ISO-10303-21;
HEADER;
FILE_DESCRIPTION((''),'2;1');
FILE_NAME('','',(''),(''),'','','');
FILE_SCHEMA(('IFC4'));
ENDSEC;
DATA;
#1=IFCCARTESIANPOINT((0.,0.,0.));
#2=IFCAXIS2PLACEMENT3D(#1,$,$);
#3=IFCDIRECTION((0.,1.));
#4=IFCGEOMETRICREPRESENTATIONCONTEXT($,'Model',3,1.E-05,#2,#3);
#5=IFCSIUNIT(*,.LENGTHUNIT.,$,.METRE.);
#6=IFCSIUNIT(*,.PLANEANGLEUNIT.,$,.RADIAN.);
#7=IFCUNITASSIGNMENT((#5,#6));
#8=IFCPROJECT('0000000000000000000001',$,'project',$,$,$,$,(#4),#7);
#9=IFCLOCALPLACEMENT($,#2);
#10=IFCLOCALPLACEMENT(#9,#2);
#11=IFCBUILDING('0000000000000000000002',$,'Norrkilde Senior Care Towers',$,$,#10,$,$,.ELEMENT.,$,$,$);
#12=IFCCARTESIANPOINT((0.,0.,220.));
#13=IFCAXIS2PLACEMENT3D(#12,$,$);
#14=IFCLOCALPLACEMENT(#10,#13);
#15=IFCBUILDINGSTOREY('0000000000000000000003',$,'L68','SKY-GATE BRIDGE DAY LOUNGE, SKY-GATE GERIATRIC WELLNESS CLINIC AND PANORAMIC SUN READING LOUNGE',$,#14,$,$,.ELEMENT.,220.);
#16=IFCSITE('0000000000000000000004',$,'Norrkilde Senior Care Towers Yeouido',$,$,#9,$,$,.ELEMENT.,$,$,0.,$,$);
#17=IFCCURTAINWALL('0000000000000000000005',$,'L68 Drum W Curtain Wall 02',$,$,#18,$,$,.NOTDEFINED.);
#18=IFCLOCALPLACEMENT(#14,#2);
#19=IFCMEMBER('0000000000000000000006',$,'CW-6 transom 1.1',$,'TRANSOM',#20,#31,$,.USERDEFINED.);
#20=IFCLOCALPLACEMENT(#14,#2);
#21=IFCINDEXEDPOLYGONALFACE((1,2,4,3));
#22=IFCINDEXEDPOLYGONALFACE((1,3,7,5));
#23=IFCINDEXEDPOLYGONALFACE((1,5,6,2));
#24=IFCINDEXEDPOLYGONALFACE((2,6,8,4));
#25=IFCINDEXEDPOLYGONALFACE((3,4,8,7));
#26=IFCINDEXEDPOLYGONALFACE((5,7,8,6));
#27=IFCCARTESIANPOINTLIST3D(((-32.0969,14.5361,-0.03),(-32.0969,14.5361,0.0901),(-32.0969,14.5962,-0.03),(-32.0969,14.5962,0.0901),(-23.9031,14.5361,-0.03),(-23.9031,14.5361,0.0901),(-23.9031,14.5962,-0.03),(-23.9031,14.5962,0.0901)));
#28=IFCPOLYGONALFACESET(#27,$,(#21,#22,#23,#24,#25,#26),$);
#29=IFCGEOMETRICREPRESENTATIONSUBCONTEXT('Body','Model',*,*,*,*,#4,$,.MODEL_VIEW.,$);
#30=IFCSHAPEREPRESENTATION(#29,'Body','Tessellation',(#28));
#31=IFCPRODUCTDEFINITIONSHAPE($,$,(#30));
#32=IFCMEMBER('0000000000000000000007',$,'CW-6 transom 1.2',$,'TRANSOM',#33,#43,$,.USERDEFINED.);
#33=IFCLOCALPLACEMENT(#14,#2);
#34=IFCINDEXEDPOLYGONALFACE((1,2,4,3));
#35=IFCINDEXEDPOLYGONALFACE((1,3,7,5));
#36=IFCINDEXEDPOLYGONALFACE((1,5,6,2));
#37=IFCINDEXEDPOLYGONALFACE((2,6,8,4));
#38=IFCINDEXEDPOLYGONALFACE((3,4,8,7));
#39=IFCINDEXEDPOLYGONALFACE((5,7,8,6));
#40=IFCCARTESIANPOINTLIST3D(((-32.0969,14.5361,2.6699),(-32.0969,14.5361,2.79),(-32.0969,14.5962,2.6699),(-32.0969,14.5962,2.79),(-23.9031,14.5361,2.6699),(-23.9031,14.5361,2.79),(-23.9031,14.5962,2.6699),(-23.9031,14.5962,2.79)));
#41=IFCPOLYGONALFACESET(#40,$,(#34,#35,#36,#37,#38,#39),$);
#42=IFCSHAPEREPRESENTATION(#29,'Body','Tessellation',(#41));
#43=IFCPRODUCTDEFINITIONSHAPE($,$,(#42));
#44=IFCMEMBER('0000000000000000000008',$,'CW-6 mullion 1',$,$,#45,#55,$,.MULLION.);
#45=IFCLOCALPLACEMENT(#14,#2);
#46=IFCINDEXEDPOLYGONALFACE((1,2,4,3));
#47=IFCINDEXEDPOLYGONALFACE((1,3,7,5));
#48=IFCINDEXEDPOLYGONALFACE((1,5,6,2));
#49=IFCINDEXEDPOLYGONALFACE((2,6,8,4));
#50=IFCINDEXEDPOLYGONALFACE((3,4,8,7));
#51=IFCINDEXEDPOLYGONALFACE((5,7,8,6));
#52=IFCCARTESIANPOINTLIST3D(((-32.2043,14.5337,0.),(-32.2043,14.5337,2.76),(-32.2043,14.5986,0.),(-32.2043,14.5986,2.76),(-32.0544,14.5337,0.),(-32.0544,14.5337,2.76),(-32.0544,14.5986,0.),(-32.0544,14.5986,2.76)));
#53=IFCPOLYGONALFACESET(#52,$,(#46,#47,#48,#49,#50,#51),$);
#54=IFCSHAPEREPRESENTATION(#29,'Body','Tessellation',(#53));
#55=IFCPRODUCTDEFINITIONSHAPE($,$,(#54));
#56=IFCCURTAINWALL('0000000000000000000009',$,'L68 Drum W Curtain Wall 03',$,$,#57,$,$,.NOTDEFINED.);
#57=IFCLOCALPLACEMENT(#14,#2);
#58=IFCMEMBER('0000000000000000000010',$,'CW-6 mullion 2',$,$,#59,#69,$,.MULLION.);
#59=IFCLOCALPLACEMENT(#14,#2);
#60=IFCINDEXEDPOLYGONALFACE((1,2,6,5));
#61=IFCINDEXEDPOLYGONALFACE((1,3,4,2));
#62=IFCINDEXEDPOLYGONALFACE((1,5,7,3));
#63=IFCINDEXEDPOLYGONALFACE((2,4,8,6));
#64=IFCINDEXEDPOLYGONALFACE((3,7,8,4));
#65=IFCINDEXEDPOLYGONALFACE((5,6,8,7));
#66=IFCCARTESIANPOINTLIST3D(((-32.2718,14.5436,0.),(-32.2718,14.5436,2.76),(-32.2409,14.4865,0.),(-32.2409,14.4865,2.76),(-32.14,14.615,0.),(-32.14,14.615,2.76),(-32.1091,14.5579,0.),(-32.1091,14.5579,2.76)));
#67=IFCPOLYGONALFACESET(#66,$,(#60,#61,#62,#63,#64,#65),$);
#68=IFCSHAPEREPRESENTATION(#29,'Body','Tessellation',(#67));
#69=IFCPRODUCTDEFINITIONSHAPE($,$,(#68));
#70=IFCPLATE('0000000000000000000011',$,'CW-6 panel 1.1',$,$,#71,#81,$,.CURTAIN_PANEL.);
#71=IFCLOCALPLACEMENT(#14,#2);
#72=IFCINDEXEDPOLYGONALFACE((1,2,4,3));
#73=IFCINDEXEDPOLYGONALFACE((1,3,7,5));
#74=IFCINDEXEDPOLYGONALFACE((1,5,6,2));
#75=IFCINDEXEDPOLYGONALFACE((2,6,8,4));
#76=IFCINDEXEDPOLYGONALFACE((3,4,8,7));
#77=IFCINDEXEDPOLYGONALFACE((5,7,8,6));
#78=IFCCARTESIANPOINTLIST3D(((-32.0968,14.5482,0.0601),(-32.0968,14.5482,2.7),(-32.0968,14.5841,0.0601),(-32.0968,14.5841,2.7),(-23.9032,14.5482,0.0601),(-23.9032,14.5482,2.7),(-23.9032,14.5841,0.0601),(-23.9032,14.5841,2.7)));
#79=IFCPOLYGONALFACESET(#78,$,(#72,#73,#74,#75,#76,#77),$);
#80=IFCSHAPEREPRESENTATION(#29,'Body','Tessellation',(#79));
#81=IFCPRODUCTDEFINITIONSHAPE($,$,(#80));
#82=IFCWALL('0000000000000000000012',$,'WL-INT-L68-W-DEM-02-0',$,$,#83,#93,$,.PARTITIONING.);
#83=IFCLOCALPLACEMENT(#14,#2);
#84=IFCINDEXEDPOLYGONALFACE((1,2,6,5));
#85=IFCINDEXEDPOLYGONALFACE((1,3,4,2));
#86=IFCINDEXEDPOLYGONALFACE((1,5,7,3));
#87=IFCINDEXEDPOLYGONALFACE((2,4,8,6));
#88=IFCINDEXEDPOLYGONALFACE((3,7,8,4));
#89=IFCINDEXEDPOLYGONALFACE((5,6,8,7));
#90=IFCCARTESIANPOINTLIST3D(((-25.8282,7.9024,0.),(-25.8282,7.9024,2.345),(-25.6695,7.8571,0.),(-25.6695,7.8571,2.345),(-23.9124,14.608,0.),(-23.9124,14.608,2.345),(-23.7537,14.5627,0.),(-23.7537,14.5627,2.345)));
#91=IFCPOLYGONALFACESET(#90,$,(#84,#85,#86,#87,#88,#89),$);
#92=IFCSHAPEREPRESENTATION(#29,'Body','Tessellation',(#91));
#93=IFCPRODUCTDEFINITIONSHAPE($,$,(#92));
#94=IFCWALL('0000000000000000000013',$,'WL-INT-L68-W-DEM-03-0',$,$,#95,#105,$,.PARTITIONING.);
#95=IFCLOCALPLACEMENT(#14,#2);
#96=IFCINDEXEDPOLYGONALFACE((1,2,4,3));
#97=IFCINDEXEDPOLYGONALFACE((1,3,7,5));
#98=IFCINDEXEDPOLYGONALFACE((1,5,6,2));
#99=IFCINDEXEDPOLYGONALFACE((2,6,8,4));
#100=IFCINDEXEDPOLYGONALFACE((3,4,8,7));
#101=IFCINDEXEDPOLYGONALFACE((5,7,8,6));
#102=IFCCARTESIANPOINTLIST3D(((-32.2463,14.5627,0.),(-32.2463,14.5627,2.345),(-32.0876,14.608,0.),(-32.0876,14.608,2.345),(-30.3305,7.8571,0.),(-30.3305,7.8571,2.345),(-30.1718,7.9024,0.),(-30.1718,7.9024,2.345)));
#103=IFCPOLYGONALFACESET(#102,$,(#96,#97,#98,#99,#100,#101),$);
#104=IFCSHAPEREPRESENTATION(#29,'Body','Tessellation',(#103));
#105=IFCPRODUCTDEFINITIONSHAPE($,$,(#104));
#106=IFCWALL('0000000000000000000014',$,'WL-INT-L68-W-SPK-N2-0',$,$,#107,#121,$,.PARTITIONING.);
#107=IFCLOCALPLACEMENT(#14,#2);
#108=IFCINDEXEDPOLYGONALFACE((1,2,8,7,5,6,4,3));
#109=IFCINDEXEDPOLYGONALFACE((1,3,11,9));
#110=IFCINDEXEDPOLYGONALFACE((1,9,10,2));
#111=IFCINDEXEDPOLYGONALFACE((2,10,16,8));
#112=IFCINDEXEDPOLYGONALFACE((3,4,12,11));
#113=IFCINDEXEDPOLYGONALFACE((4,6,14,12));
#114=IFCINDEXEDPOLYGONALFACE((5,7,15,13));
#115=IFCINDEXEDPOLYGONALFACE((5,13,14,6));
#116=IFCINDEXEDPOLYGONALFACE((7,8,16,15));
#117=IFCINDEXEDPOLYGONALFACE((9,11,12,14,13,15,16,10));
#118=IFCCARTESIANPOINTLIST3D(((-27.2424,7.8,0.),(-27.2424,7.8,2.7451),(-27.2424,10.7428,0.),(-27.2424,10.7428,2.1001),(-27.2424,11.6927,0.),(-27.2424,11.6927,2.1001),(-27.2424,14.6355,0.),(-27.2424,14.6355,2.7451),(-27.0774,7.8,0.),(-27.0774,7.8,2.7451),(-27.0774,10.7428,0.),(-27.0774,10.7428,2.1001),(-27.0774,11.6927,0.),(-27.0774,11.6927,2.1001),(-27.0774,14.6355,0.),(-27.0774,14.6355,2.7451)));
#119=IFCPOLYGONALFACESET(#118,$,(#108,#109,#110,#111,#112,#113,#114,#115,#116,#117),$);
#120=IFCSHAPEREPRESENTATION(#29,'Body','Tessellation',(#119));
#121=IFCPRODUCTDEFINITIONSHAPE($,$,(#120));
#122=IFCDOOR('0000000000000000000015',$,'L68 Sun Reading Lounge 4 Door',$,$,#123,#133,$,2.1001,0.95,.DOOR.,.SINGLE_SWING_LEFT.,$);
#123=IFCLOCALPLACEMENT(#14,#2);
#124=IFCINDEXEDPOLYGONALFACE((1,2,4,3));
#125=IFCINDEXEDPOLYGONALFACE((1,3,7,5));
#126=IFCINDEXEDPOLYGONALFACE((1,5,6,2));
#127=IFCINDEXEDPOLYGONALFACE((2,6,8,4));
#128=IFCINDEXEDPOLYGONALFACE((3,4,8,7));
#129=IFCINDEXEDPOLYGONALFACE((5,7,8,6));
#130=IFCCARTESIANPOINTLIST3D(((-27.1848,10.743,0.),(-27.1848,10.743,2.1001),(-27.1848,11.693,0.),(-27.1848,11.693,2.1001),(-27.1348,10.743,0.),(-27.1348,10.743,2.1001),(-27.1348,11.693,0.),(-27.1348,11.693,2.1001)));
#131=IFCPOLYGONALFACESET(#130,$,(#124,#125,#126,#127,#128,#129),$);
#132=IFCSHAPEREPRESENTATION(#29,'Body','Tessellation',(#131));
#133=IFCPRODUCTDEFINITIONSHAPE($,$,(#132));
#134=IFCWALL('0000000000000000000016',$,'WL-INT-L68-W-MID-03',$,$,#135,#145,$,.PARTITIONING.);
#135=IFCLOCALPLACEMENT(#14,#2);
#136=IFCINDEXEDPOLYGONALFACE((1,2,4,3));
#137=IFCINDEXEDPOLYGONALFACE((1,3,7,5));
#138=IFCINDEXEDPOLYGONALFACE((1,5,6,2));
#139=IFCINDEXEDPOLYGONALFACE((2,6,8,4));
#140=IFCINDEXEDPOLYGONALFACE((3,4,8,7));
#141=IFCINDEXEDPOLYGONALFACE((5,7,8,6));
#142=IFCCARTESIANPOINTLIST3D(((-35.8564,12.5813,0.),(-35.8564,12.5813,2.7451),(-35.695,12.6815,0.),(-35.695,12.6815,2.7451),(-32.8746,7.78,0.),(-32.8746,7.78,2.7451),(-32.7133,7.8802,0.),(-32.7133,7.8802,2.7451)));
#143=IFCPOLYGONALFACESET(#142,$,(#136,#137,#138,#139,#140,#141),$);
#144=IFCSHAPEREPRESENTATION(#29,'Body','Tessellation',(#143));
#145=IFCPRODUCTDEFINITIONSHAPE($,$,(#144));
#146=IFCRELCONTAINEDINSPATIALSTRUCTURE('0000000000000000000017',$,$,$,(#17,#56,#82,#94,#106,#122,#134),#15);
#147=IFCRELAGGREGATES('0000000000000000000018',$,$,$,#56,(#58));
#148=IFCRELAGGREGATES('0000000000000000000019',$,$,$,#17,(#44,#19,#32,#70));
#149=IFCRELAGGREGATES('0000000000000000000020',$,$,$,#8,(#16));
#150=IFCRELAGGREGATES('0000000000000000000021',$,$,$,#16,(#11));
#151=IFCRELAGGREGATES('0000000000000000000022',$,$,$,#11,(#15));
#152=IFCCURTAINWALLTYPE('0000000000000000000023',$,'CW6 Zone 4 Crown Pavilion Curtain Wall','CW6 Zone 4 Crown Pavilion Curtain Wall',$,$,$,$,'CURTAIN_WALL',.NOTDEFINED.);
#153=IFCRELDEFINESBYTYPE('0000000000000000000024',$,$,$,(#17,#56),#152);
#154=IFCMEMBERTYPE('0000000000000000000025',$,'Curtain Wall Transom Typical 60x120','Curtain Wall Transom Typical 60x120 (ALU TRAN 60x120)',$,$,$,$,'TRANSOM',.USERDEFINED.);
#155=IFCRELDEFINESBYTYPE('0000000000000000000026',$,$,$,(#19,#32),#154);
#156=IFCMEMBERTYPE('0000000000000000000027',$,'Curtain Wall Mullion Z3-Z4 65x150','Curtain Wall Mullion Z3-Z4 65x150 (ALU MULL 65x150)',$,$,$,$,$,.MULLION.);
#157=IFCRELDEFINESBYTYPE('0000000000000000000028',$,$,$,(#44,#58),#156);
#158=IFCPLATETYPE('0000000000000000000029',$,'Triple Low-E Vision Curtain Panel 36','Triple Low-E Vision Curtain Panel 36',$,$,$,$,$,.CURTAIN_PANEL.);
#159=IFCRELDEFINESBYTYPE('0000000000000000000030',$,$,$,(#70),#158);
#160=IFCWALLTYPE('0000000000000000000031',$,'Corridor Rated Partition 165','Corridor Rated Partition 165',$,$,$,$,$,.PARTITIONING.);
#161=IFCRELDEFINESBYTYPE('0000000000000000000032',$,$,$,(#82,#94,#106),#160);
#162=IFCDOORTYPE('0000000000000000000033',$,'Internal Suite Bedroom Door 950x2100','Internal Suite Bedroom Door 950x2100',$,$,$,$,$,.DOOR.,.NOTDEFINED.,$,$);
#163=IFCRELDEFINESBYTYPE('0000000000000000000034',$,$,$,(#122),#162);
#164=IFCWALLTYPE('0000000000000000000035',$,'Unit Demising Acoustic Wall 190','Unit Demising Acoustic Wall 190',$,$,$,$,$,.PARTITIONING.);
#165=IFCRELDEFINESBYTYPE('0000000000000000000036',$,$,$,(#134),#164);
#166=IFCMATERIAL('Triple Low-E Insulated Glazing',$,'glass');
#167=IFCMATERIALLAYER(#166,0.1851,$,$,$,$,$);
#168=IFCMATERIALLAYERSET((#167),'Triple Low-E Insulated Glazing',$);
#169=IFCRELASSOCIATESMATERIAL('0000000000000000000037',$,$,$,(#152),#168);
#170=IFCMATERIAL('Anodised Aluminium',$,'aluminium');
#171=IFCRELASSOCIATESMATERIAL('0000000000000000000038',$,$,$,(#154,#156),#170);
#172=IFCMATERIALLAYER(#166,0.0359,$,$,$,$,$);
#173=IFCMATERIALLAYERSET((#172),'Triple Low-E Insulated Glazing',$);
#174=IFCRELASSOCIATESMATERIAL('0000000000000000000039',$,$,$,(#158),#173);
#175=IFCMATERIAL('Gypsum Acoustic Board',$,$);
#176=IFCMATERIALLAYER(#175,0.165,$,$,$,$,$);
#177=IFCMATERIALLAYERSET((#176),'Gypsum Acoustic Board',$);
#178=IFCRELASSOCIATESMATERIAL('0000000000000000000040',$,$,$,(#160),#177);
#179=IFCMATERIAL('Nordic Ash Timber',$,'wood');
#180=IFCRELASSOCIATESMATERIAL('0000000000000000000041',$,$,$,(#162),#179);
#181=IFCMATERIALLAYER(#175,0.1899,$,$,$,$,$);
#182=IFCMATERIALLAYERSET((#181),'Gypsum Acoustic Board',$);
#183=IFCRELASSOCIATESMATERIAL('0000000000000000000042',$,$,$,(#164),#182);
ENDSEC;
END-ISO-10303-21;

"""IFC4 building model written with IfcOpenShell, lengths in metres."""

from ifc_helpers import new_model, si_unit, direction, frame, frame_2d, origin, origin_2d, place, context, subcontext, project, spatial, rectangle, extrude, source, transform, mapped, material, layer, layer_set, material_profile, profile_set, type_object, type_shapes, element, fill, aggregate, save


model = new_model("IFC4")

# Units and contexts
model_context = context("Model", 3, precision=1e-05, world=origin(), true_north=direction((0.0, 1.0)))
body_context = subcontext(model_context, "Body", "Model", "MODEL_VIEW")
ifc_project = project(units=[si_unit("LENGTHUNIT", "METRE"), si_unit("PLANEANGLEUNIT", "RADIAN")], contexts=[model_context])

# Site, building, storey
site_placement = place(None, origin())
site = spatial("IfcSite", under=ifc_project, at=site_placement, Name="Norrkilde Senior Care Towers Yeouido", CompositionType="ELEMENT", RefElevation=0.0)
building_placement = place(site_placement, origin())
building = spatial("IfcBuilding", under=site, at=building_placement, Name="Norrkilde Senior Care Towers", CompositionType="ELEMENT")
storey_placement = place(building_placement, frame((0.0, 0.0, 220.0)))
storey = spatial("IfcBuildingStorey", under=building, at=storey_placement, Name="L68", Description="SKY-GATE BRIDGE DAY LOUNGE, SKY-GATE GERIATRIC WELLNESS CLINIC AND PANORAMIC SUN READING LOUNGE", CompositionType="ELEMENT", Elevation=220.0)

# Curtain wall, members
ifc_material_1 = material(Name="Triple Low-E Insulated Glazing", Category="glass")
ifc_layer_1 = layer(ifc_material_1, 0.1851)
ifc_layer_set_1 = layer_set([ifc_layer_1], Name="Triple Low-E Insulated Glazing")
curtain_wall_type = type_object("IfcCurtainWallType", Name="CW6 Zone 4 Crown Pavilion Curtain Wall", Description="CW6 Zone 4 Crown Pavilion Curtain Wall", ElementType="CURTAIN_WALL", PredefinedType="NOTDEFINED", material=ifc_layer_set_1)
curtain_wall_1_placement = place(storey_placement, origin())
curtain_wall_1 = element("IfcCurtainWall", 1, at=curtain_wall_1_placement, inside=storey, type_object=curtain_wall_type, Name="L68 Drum W Curtain Wall 02", PredefinedType="NOTDEFINED")
ifc_material_2 = material(Name="Anodised Aluminium", Category="aluminium")
ifc_material_profile_1 = material_profile(ifc_material_2, rectangle(XDim=0.0601, YDim=0.1201, at=origin_2d()), Name="ALU TRAN 60x120")
ifc_profile_set_1 = profile_set([ifc_material_profile_1], Name="Anodised Aluminium")
member_type_1 = type_object("IfcMemberType", Name="Curtain Wall Transom Typical 60x120", Description="Curtain Wall Transom Typical 60x120 (ALU TRAN 60x120)", ElementType="TRANSOM", PredefinedType="USERDEFINED", material=ifc_profile_set_1)
shared_shape_1 = source(origin(), body_context, "Body", "SweptSolid", [
    extrude(rectangle(XDim=0.0601, YDim=0.1201, at=origin_2d()), origin(), (0.0, 0.0, 1.0), 8.1938),
])
type_shapes(member_type_1, [shared_shape_1])
member_1_placement = place(storey_placement, frame((-32.0969, 14.5662, 0.03), z_axis=(1.0, 0.0, 0.0), x_axis=(0.0, 1.0, 0.0)))
member_1 = element("IfcMember", 2, at=member_1_placement, type_object=member_type_1, Name="CW-6 transom 1.1", ObjectType="TRANSOM", PredefinedType="USERDEFINED", context=body_context, shape_type="MappedRepresentation", body=[
    mapped(shared_shape_1, transform((0.0, 0.0, 0.0), x_axis=(1.0, 0.0, 0.0), y_axis=(0.0, 1.0, 0.0), z_axis=(0.0, 0.0, 1.0), scale=1.0)),
])
member_2_placement = place(storey_placement, frame((-32.0969, 14.5662, 2.73), z_axis=(1.0, 0.0, 0.0), x_axis=(0.0, 1.0, 0.0)))
member_2 = element("IfcMember", 3, at=member_2_placement, type_object=member_type_1, Name="CW-6 transom 1.2", ObjectType="TRANSOM", PredefinedType="USERDEFINED", context=body_context, shape_type="MappedRepresentation", body=[
    mapped(shared_shape_1, transform((0.0, 0.0, 0.0), x_axis=(1.0, 0.0, 0.0), y_axis=(0.0, 1.0, 0.0), z_axis=(0.0, 0.0, 1.0), scale=1.0)),
])
ifc_material_profile_2 = material_profile(ifc_material_2, rectangle(XDim=0.0649, YDim=0.1499, at=origin_2d()), Name="ALU MULL 65x150")
ifc_profile_set_2 = profile_set([ifc_material_profile_2], Name="Anodised Aluminium")
member_type_2 = type_object("IfcMemberType", Name="Curtain Wall Mullion Z3-Z4 65x150", Description="Curtain Wall Mullion Z3-Z4 65x150 (ALU MULL 65x150)", PredefinedType="MULLION", material=ifc_profile_set_2)
shared_shape_2 = source(origin(), body_context, "Body", "SweptSolid", [
    extrude(rectangle(XDim=0.0649, YDim=0.1499, at=origin_2d()), origin(), (0.0, 0.0, 1.0), 2.76),
])
type_shapes(member_type_2, [shared_shape_2])
member_3_placement = place(storey_placement, frame((-32.1294, 14.5662, 0.0), z_axis=(0.0, 0.0, 1.0), x_axis=(0.0, 1.0, 0.0)))
member_3 = element("IfcMember", 4, at=member_3_placement, type_object=member_type_2, Name="CW-6 mullion 1", PredefinedType="MULLION", context=body_context, shape_type="MappedRepresentation", body=[
    mapped(shared_shape_2, transform((0.0, 0.0, 0.0), x_axis=(1.0, 0.0, 0.0), y_axis=(0.0, 1.0, 0.0), z_axis=(0.0, 0.0, 1.0), scale=1.0)),
])

# Curtain wall, member
curtain_wall_2_placement = place(storey_placement, origin())
curtain_wall_2 = element("IfcCurtainWall", 5, at=curtain_wall_2_placement, inside=storey, type_object=curtain_wall_type, Name="L68 Drum W Curtain Wall 03", PredefinedType="NOTDEFINED")
member_4_placement = place(storey_placement, frame((-32.1904, 14.5508, 0.0), z_axis=(0.0, 0.0, 1.0), x_axis=(-0.476133, 0.879373, 0.0)))
member_4 = element("IfcMember", 6, at=member_4_placement, type_object=member_type_2, Name="CW-6 mullion 2", PredefinedType="MULLION", context=body_context, shape_type="MappedRepresentation", body=[
    mapped(shared_shape_2, transform((0.0, 0.0, 0.0), x_axis=(1.0, 0.0, 0.0), y_axis=(0.0, 1.0, 0.0), z_axis=(0.0, 0.0, 1.0), scale=1.0)),
])
aggregate(curtain_wall_2, [member_4])

# Plate
ifc_layer_2 = layer(ifc_material_1, 0.0359)
ifc_layer_set_2 = layer_set([ifc_layer_2], Name="Triple Low-E Insulated Glazing")
plate_type = type_object("IfcPlateType", Name="Triple Low-E Vision Curtain Panel 36", Description="Triple Low-E Vision Curtain Panel 36", PredefinedType="CURTAIN_PANEL", material=ifc_layer_set_2)
shared_shape_3 = source(origin(), body_context, "Body", "SweptSolid", [
    extrude(rectangle(XDim=8.1936, YDim=0.0359, at=origin_2d()), origin(), (0.0, 0.0, 1.0), 2.6399),
])
type_shapes(plate_type, [shared_shape_3])
plate_placement = place(storey_placement, frame((-28.0, 14.5662, 0.0601), z_axis=(0.0, 0.0, 1.0), x_axis=(1.0, 0.0, 0.0)))
plate = element("IfcPlate", 7, at=plate_placement, type_object=plate_type, Name="CW-6 panel 1.1", PredefinedType="CURTAIN_PANEL", context=body_context, shape_type="MappedRepresentation", body=[
    mapped(shared_shape_3, transform((0.0, 0.0, 0.0), x_axis=(1.0, 0.0, 0.0), y_axis=(0.0, 1.0, 0.0), z_axis=(0.0, 0.0, 1.0), scale=1.0)),
])
aggregate(curtain_wall_1, [member_3, member_1, member_2, plate])

# Shared definitions
ifc_material_3 = material(Name="Gypsum Acoustic Board")
ifc_layer_3 = layer(ifc_material_3, 0.165)
ifc_layer_set_3 = layer_set([ifc_layer_3], Name="Gypsum Acoustic Board")
wall_type_1 = type_object("IfcWallType", Name="Corridor Rated Partition 165", Description="Corridor Rated Partition 165", PredefinedType="PARTITIONING", material=ifc_layer_set_3)
ifc_material_4 = material(Name="Nordic Ash Timber", Category="wood")

# Walls
shared_shape_4 = source(origin(), body_context, "Body", "SweptSolid", [
    extrude(rectangle(XDim=6.9739, YDim=0.165, at=frame_2d((3.4868, 0.0))), origin(), (0.0, 0.0, 1.0), 2.345),
])
for number, where, z_axis, x_axis, name in (
    (8, (-25.7488, 7.8799, 0.0), (0.0, 0.0, 1.0), (0.274707, 0.961528, 0.0), "WL-INT-L68-W-DEM-02-0"),
    (9, (-30.2512, 7.8799, 0.0), (0.0, 0.0, 1.0), (-0.274707, 0.961528, 0.0), "WL-INT-L68-W-DEM-03-0"),
):
    element("IfcWall", number, at=place(storey_placement, frame(where, z_axis=z_axis, x_axis=x_axis)), inside=storey, type_object=wall_type_1, Name=name, PredefinedType="PARTITIONING", context=body_context, shape_type="MappedRepresentation", body=[
        mapped(shared_shape_4, transform((0.0, 0.0, 0.0), x_axis=(1.0, 0.0, 0.0), y_axis=(0.0, 1.0, 0.0), z_axis=(0.0, 0.0, 1.0), scale=1.0)),
    ])

# Wall, opening, door
shared_shape_5 = source(origin(), body_context, "Body", "SweptSolid", [
    extrude(rectangle(XDim=6.8354, YDim=0.165, at=frame_2d((3.4177, 0.0))), origin(), (0.0, 0.0, 1.0), 2.7451),
])
wall_1_placement = place(storey_placement, frame((-27.1599, 14.6355, 0.0), z_axis=(0.0, 0.0, 1.0), x_axis=(0.0, -1.0, 0.0)))
wall_1 = element("IfcWall", 10, at=wall_1_placement, inside=storey, type_object=wall_type_1, Name="WL-INT-L68-W-SPK-N2-0", PredefinedType="PARTITIONING", context=body_context, shape_type="MappedRepresentation", body=[
    mapped(shared_shape_5, transform((0.0, 0.0, 0.0), x_axis=(1.0, 0.0, 0.0), y_axis=(0.0, 1.0, 0.0), z_axis=(0.0, 0.0, 1.0), scale=1.0)),
])
opening_1_placement = place(wall_1_placement, frame((2.9426, 0.0, 0.0)))
opening_1 = element("IfcOpeningElement", 11, at=opening_1_placement, cuts=wall_1, PredefinedType="OPENING", context=body_context, shape_type="SweptSolid", body=[
    extrude(rectangle(XDim=0.95, YDim=2.1001, at=frame_2d((0.4751, 1.05))), frame((0.0, 0.0925, 0.0), z_axis=(0.0, -1.0, 0.0), x_axis=(1.0, 0.0, 0.0)), (0.0, 0.0, 1.0), 0.1851),
])
door_type_1 = type_object("IfcDoorType", Name="Internal Suite Bedroom Door 950x2100", Description="Internal Suite Bedroom Door 950x2100", OperationType="NOTDEFINED", PredefinedType="DOOR", material=ifc_material_4)
shared_shape_6 = source(origin(), body_context, "Body", "SweptSolid", [
    extrude(rectangle(XDim=0.95, YDim=2.1001, at=frame_2d((0.4751, 1.05))), frame((0.0, 0.0249, 0.0), z_axis=(0.0, -1.0, 0.0), x_axis=(1.0, 0.0, 0.0)), (0.0, 0.0, 1.0), 0.05),
])
type_shapes(door_type_1, [shared_shape_6])
door_1_placement = place(opening_1_placement, frame((0.95, 0.0, 0.0), z_axis=(0.0, 0.0, 1.0), x_axis=(-1.0, 0.0, 0.0)))
door_1 = element("IfcDoor", 12, at=door_1_placement, inside=storey, type_object=door_type_1, Name="L68 Sun Reading Lounge 4 Door", OperationType="SINGLE_SWING_LEFT", OverallHeight=2.1001, OverallWidth=0.95, PredefinedType="DOOR", context=body_context, shape_type="MappedRepresentation", body=[
    mapped(shared_shape_6, transform((0.0, 0.0, 0.0), x_axis=(1.0, 0.0, 0.0), y_axis=(0.0, 1.0, 0.0), z_axis=(0.0, 0.0, 1.0), scale=1.0)),
])
fill(opening_1, door_1)

# Wall
ifc_layer_4 = layer(ifc_material_3, 0.1899)
ifc_layer_set_4 = layer_set([ifc_layer_4], Name="Gypsum Acoustic Board")
wall_type_2 = type_object("IfcWallType", Name="Unit Demising Acoustic Wall 190", Description="Unit Demising Acoustic Wall 190", PredefinedType="PARTITIONING", material=ifc_layer_set_4)
shared_shape_7 = source(origin(), body_context, "Body", "SweptSolid", [
    extrude(rectangle(XDim=5.6519, YDim=0.1899, at=frame_2d((2.8259, 0.0))), origin(), (0.0, 0.0, 1.0), 2.7451),
])
type_shapes(wall_type_2, [shared_shape_7])
wall_2_placement = place(storey_placement, frame((-32.7939, 7.8301, 0.0), z_axis=(0.0, 0.0, 1.0), x_axis=(-0.527566, 0.849514, 0.0)))
element("IfcWall", 13, at=wall_2_placement, inside=storey, type_object=wall_type_2, Name="WL-INT-L68-W-MID-03", PredefinedType="PARTITIONING", context=body_context, shape_type="MappedRepresentation", body=[
    mapped(shared_shape_7, transform((0.0, 0.0, 0.0), x_axis=(1.0, 0.0, 0.0), y_axis=(0.0, 1.0, 0.0), z_axis=(0.0, 0.0, 1.0), scale=1.0)),
])

save(model, "model.ifc")
